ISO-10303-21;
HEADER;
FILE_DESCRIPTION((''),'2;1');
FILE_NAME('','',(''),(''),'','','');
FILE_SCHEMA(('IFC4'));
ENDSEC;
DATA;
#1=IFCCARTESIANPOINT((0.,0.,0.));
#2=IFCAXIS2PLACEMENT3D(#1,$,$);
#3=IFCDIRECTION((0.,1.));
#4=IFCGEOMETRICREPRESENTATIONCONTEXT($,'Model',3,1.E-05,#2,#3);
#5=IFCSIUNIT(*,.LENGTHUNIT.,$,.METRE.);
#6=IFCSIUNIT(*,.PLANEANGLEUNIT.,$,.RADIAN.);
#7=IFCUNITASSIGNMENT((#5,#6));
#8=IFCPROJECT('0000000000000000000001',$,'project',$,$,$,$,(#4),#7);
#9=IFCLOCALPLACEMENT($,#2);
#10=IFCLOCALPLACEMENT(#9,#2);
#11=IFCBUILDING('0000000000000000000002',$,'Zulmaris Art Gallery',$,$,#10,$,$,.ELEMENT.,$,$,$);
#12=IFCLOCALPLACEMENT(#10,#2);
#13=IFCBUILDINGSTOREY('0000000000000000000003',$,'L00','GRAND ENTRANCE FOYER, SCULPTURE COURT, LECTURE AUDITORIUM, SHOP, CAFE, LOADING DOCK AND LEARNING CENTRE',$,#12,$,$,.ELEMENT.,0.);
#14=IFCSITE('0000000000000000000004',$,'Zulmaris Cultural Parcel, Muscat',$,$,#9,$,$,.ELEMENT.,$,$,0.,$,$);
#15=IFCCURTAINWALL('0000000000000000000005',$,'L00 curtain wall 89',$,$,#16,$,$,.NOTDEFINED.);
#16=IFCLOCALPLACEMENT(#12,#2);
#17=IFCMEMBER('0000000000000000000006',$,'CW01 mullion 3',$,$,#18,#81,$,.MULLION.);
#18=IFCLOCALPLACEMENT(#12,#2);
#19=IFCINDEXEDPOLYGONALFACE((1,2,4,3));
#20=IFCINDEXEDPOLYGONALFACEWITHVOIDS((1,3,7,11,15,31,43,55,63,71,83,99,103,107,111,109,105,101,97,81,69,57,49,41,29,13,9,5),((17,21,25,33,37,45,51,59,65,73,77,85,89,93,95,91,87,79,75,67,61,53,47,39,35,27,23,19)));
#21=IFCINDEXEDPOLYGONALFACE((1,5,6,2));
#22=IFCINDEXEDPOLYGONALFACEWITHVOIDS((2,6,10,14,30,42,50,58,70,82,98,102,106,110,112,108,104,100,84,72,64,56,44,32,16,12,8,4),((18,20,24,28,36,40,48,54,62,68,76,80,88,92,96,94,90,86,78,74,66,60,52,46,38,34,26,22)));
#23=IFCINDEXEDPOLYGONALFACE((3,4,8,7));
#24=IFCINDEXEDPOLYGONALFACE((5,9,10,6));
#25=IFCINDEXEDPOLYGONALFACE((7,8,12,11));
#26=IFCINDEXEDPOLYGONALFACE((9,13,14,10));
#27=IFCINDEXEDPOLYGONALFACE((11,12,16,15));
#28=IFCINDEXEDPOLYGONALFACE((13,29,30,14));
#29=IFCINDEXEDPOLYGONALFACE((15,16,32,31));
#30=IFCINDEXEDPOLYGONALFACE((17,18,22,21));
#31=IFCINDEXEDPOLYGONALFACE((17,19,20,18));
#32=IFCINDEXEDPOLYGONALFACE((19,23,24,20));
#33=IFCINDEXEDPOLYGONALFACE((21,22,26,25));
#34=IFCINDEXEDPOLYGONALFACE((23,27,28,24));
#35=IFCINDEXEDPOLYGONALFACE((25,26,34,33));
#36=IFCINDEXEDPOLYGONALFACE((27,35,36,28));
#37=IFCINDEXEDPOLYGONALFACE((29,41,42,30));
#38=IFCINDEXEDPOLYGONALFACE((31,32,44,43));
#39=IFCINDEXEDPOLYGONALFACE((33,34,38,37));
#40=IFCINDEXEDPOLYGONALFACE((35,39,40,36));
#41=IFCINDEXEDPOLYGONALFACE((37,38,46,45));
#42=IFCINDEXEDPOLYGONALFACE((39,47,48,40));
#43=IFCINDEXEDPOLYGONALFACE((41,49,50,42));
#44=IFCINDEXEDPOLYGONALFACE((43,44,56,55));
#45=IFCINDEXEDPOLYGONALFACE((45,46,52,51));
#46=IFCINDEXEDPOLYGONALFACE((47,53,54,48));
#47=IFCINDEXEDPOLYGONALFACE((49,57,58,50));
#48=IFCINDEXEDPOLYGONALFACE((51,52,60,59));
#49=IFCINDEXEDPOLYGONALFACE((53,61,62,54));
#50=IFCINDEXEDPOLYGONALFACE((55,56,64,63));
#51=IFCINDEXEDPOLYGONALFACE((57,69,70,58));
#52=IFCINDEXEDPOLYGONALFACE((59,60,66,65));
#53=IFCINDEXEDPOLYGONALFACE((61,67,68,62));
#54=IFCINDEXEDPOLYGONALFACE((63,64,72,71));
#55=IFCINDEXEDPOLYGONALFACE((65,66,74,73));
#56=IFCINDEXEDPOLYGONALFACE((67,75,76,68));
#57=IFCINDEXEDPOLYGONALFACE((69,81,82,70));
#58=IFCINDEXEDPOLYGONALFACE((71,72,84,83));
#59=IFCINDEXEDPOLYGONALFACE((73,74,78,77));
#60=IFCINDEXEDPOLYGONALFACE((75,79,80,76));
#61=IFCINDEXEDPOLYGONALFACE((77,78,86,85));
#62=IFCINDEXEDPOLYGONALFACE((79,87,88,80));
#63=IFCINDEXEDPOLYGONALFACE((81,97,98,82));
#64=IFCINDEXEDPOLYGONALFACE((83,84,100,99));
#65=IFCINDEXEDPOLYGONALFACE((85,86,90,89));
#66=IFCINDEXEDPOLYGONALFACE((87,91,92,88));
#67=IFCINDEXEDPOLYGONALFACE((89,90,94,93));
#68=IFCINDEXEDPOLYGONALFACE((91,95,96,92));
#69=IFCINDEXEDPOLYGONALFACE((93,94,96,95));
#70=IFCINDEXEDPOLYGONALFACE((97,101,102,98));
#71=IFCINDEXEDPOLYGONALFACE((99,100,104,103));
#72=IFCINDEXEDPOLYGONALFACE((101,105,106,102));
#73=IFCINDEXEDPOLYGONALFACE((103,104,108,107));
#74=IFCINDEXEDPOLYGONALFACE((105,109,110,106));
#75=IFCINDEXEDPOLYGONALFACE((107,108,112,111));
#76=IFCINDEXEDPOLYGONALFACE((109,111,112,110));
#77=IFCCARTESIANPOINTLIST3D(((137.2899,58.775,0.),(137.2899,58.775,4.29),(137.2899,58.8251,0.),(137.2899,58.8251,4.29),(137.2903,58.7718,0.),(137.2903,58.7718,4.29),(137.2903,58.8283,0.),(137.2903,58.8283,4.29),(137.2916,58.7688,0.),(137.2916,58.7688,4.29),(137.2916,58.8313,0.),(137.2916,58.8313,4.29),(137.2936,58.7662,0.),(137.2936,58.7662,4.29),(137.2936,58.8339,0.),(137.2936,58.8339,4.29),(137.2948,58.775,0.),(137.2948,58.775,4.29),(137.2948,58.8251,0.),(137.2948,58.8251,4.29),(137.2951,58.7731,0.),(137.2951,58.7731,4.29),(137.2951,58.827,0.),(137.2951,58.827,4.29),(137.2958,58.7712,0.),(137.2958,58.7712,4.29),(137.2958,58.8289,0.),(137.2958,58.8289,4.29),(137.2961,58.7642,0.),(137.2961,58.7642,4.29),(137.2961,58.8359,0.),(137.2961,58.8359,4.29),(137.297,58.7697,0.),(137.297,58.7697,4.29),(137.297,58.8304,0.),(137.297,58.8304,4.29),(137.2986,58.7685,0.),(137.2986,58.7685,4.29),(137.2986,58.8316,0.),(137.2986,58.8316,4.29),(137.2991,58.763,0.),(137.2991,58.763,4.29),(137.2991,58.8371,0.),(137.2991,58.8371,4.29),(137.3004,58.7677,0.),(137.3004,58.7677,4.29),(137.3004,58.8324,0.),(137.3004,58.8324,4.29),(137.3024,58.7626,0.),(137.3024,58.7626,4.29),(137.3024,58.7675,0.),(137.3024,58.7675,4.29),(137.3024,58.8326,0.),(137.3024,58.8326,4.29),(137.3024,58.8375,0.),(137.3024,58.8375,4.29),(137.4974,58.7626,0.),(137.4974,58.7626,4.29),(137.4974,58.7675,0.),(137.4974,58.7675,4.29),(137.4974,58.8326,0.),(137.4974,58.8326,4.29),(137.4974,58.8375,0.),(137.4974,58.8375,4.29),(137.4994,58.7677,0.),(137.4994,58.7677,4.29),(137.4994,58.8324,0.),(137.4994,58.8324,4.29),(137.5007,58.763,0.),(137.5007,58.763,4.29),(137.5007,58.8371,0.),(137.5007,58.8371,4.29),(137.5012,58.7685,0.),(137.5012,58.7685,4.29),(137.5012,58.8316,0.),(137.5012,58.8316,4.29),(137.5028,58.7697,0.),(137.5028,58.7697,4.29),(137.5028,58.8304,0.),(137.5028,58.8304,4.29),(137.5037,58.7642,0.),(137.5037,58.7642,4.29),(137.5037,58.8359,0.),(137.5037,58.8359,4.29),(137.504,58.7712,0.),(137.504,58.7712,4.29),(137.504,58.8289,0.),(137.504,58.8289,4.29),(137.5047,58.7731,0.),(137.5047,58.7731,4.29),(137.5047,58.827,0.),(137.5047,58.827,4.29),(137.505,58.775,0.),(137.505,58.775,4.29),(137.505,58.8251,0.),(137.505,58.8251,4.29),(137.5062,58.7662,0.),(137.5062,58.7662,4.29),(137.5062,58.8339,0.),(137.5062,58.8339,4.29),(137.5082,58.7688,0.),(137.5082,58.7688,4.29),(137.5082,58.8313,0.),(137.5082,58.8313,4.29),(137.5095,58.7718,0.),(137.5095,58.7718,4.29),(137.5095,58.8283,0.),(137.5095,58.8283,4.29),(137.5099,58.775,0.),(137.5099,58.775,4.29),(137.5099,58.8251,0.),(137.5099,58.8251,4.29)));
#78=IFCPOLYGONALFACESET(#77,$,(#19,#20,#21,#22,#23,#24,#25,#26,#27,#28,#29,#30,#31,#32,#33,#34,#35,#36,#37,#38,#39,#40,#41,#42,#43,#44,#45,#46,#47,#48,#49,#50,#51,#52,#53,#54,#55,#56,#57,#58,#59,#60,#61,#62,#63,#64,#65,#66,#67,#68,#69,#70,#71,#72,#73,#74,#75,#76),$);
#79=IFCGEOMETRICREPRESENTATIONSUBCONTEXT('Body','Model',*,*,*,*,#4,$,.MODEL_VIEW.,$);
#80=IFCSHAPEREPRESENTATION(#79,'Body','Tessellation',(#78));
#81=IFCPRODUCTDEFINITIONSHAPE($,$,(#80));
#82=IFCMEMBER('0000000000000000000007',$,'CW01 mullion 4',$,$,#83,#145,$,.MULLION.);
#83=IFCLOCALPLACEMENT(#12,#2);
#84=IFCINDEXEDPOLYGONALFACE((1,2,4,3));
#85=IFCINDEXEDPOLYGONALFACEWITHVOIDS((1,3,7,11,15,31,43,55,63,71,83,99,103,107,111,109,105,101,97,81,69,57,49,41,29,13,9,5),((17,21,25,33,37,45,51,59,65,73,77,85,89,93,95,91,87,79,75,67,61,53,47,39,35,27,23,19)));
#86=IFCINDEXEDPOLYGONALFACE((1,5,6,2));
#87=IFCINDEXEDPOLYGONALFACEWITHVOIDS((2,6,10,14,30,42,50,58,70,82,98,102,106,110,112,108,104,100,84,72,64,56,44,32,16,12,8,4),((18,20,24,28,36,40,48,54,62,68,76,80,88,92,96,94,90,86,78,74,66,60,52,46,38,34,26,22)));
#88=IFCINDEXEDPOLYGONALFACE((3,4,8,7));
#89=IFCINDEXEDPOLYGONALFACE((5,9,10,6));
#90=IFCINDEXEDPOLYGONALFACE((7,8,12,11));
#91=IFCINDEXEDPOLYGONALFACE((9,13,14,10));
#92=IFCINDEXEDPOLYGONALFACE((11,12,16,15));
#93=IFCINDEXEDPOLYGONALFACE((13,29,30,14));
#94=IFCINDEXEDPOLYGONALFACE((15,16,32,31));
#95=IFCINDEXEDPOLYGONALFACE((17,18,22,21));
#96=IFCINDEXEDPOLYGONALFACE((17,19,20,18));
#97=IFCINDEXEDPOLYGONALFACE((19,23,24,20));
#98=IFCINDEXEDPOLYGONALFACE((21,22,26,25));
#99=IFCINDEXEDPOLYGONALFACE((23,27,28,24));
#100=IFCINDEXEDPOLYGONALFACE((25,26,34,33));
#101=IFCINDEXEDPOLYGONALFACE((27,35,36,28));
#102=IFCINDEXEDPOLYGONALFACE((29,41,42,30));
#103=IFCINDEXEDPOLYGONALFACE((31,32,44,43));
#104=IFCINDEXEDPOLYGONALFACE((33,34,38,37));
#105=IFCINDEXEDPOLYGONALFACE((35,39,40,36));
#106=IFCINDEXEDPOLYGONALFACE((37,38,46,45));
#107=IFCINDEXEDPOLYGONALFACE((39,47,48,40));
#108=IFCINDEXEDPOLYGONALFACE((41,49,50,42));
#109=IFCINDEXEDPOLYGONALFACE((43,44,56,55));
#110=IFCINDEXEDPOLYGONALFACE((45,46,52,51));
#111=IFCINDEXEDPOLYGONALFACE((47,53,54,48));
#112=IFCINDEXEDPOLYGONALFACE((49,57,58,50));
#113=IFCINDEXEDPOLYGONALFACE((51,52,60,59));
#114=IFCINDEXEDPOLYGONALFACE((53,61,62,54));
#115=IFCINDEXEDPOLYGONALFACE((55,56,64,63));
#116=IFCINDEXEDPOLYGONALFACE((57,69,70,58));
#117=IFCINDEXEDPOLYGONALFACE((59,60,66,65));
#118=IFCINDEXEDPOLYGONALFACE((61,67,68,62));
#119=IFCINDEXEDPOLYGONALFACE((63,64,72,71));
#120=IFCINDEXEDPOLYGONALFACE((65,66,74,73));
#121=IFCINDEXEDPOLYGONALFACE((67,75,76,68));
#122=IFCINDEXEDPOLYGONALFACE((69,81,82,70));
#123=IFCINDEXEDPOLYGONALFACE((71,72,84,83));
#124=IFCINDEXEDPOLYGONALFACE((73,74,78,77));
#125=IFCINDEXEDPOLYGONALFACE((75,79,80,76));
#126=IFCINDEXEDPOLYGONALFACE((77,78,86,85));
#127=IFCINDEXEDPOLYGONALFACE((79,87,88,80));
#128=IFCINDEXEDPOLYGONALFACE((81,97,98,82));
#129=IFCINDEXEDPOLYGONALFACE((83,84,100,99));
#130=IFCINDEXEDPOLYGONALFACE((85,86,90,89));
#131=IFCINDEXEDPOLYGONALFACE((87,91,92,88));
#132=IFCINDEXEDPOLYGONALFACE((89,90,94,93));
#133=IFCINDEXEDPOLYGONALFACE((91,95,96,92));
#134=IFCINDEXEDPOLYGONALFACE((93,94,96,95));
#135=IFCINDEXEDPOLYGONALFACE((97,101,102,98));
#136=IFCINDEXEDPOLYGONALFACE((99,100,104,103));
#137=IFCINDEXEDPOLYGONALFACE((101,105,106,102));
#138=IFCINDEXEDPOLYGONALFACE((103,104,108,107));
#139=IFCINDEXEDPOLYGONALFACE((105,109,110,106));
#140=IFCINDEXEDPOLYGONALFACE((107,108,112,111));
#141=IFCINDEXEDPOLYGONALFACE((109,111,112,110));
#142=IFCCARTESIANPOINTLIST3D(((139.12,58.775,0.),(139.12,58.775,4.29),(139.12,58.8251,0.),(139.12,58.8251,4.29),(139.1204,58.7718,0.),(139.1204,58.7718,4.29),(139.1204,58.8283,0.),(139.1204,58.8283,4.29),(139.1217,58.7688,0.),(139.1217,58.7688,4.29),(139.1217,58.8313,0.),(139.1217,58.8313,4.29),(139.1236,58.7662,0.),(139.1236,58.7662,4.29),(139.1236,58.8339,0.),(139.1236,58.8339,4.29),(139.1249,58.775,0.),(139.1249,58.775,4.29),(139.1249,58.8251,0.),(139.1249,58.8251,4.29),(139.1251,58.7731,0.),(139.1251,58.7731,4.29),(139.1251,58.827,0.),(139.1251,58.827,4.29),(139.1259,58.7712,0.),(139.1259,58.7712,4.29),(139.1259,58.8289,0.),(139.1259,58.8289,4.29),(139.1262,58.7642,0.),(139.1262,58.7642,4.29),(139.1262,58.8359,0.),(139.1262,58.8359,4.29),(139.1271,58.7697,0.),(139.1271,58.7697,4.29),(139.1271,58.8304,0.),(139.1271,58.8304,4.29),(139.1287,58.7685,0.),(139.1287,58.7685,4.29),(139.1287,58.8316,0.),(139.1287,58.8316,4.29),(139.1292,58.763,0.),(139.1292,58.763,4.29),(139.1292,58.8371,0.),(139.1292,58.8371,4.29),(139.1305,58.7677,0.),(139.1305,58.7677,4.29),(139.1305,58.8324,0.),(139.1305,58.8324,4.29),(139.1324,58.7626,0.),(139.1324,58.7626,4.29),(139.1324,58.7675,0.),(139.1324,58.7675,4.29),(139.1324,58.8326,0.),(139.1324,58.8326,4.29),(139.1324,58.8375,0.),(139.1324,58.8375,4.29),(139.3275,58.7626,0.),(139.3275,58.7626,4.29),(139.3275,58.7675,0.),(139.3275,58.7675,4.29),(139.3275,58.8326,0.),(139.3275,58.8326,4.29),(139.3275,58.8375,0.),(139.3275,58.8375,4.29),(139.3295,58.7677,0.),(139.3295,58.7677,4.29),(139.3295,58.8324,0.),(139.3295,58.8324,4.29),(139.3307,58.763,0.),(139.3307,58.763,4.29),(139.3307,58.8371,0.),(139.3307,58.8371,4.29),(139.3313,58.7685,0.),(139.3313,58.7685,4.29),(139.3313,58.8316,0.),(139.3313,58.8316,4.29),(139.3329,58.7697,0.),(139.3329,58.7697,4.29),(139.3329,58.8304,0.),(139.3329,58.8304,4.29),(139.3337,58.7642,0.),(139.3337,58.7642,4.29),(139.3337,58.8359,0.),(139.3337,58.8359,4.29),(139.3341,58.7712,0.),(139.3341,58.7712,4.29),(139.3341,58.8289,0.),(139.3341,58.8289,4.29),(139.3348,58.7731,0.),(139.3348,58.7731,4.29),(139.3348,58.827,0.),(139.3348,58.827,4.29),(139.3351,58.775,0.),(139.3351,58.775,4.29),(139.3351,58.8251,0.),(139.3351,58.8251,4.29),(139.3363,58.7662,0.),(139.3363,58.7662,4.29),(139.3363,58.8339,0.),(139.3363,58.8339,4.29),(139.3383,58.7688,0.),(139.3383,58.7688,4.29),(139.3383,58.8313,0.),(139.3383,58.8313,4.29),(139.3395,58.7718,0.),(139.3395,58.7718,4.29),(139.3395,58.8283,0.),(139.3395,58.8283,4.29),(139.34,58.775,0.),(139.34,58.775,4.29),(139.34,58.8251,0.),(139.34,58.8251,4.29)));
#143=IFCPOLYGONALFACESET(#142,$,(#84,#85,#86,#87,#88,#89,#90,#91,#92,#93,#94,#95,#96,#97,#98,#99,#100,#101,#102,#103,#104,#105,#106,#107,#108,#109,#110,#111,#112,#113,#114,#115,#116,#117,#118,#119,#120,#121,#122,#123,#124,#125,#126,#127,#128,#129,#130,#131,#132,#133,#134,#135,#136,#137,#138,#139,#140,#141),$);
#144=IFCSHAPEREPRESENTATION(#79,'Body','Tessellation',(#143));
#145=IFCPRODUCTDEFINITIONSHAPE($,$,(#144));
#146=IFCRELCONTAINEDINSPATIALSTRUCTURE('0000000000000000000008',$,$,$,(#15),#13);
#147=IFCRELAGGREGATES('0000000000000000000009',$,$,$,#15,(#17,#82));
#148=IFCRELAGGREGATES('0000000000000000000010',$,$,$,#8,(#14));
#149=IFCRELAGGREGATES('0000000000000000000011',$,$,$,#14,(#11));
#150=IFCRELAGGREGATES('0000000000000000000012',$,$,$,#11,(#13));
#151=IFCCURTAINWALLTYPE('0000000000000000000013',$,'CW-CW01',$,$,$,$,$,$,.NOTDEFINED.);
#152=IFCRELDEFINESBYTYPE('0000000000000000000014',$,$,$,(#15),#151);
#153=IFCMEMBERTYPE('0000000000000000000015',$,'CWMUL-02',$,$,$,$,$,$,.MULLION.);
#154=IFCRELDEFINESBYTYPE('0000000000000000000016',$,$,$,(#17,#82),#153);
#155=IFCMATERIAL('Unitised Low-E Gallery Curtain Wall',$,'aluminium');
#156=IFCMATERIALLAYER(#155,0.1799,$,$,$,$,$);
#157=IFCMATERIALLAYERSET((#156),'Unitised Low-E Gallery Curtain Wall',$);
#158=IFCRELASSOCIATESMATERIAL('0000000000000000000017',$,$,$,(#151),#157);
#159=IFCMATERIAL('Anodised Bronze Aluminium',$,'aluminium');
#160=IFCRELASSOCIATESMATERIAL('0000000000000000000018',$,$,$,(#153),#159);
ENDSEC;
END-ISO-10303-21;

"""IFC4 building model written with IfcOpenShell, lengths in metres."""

from ifc_helpers import new_model, si_unit, direction, frame, origin, origin_2d, place, context, subcontext, project, spatial, hollow_rectangle, extrude, material, layer, layer_set, material_profile, profile_set, type_object, element, aggregate, save


model = new_model("IFC4")

# Units and contexts
model_context = context("Model", 3, precision=1e-05, world=origin(), true_north=direction((0.0, 1.0)))
body_context = subcontext(model_context, "Body", "Model", "MODEL_VIEW")
ifc_project = project(units=[si_unit("LENGTHUNIT", "METRE"), si_unit("PLANEANGLEUNIT", "RADIAN")], contexts=[model_context])

# Site, building, storey
site_placement = place(None, origin())
site = spatial("IfcSite", under=ifc_project, at=site_placement, Name="Zulmaris Cultural Parcel, Muscat", CompositionType="ELEMENT", RefElevation=0.0)
building_placement = place(site_placement, origin())
building = spatial("IfcBuilding", under=site, at=building_placement, Name="Zulmaris Art Gallery", CompositionType="ELEMENT")
storey_placement = place(building_placement, origin())
storey = spatial("IfcBuildingStorey", under=building, at=storey_placement, Name="L00", Description="GRAND ENTRANCE FOYER, SCULPTURE COURT, LECTURE AUDITORIUM, SHOP, CAFE, LOADING DOCK AND LEARNING CENTRE", CompositionType="ELEMENT", Elevation=0.0)

# Shared definitions
ifc_material_1 = material(Name="Unitised Low-E Gallery Curtain Wall", Category="aluminium")
ifc_layer_1 = layer(ifc_material_1, 0.1799)
ifc_layer_set_1 = layer_set([ifc_layer_1], Name="Unitised Low-E Gallery Curtain Wall")
curtain_wall_type = type_object("IfcCurtainWallType", Name="CW-CW01", PredefinedType="NOTDEFINED", material=ifc_layer_set_1)
ifc_material_2 = material(Name="Anodised Bronze Aluminium", Category="aluminium")
ifc_material_profile_1 = material_profile(ifc_material_2, hollow_rectangle(XDim=0.075, YDim=0.22, WallThickness=0.0049, InnerFilletRadius=0.0076, OuterFilletRadius=0.0125, at=origin_2d()), Name="ALU 75x220x5")
ifc_profile_set_1 = profile_set([ifc_material_profile_1], Name="Anodised Bronze Aluminium")
member_type_1 = type_object("IfcMemberType", Name="CWMUL-02", PredefinedType="MULLION", material=ifc_profile_set_1)

# Curtain wall, members
curtain_wall_1_placement = place(storey_placement, origin())
curtain_wall_1 = element("IfcCurtainWall", 1, at=curtain_wall_1_placement, inside=storey, type_object=curtain_wall_type, Name="L00 curtain wall 89", PredefinedType="NOTDEFINED")
member_1_placement = place(storey_placement, frame((137.3999, 58.8, 0.0), z_axis=(0.0, 0.0, 1.0), x_axis=(0.0, 1.0, 0.0)))
member_1 = element("IfcMember", 2, at=member_1_placement, type_object=member_type_1, Name="CW01 mullion 3", PredefinedType="MULLION", context=body_context, shape_type="SweptSolid", body=[
    extrude(hollow_rectangle(XDim=0.075, YDim=0.22, WallThickness=0.0049, InnerFilletRadius=0.0076, OuterFilletRadius=0.0125, at=origin_2d()), origin(), (0.0, 0.0, 1.0), 4.29),
])
member_2_placement = place(storey_placement, frame((139.23, 58.8, 0.0), z_axis=(0.0, 0.0, 1.0), x_axis=(0.0, 1.0, 0.0)))
member_2 = element("IfcMember", 3, at=member_2_placement, type_object=member_type_1, Name="CW01 mullion 4", PredefinedType="MULLION", context=body_context, shape_type="SweptSolid", body=[
    extrude(hollow_rectangle(XDim=0.075, YDim=0.22, WallThickness=0.0049, InnerFilletRadius=0.0076, OuterFilletRadius=0.0125, at=origin_2d()), origin(), (0.0, 0.0, 1.0), 4.29),
])
aggregate(curtain_wall_1, [member_1, member_2])

save(model, "model.ifc")
